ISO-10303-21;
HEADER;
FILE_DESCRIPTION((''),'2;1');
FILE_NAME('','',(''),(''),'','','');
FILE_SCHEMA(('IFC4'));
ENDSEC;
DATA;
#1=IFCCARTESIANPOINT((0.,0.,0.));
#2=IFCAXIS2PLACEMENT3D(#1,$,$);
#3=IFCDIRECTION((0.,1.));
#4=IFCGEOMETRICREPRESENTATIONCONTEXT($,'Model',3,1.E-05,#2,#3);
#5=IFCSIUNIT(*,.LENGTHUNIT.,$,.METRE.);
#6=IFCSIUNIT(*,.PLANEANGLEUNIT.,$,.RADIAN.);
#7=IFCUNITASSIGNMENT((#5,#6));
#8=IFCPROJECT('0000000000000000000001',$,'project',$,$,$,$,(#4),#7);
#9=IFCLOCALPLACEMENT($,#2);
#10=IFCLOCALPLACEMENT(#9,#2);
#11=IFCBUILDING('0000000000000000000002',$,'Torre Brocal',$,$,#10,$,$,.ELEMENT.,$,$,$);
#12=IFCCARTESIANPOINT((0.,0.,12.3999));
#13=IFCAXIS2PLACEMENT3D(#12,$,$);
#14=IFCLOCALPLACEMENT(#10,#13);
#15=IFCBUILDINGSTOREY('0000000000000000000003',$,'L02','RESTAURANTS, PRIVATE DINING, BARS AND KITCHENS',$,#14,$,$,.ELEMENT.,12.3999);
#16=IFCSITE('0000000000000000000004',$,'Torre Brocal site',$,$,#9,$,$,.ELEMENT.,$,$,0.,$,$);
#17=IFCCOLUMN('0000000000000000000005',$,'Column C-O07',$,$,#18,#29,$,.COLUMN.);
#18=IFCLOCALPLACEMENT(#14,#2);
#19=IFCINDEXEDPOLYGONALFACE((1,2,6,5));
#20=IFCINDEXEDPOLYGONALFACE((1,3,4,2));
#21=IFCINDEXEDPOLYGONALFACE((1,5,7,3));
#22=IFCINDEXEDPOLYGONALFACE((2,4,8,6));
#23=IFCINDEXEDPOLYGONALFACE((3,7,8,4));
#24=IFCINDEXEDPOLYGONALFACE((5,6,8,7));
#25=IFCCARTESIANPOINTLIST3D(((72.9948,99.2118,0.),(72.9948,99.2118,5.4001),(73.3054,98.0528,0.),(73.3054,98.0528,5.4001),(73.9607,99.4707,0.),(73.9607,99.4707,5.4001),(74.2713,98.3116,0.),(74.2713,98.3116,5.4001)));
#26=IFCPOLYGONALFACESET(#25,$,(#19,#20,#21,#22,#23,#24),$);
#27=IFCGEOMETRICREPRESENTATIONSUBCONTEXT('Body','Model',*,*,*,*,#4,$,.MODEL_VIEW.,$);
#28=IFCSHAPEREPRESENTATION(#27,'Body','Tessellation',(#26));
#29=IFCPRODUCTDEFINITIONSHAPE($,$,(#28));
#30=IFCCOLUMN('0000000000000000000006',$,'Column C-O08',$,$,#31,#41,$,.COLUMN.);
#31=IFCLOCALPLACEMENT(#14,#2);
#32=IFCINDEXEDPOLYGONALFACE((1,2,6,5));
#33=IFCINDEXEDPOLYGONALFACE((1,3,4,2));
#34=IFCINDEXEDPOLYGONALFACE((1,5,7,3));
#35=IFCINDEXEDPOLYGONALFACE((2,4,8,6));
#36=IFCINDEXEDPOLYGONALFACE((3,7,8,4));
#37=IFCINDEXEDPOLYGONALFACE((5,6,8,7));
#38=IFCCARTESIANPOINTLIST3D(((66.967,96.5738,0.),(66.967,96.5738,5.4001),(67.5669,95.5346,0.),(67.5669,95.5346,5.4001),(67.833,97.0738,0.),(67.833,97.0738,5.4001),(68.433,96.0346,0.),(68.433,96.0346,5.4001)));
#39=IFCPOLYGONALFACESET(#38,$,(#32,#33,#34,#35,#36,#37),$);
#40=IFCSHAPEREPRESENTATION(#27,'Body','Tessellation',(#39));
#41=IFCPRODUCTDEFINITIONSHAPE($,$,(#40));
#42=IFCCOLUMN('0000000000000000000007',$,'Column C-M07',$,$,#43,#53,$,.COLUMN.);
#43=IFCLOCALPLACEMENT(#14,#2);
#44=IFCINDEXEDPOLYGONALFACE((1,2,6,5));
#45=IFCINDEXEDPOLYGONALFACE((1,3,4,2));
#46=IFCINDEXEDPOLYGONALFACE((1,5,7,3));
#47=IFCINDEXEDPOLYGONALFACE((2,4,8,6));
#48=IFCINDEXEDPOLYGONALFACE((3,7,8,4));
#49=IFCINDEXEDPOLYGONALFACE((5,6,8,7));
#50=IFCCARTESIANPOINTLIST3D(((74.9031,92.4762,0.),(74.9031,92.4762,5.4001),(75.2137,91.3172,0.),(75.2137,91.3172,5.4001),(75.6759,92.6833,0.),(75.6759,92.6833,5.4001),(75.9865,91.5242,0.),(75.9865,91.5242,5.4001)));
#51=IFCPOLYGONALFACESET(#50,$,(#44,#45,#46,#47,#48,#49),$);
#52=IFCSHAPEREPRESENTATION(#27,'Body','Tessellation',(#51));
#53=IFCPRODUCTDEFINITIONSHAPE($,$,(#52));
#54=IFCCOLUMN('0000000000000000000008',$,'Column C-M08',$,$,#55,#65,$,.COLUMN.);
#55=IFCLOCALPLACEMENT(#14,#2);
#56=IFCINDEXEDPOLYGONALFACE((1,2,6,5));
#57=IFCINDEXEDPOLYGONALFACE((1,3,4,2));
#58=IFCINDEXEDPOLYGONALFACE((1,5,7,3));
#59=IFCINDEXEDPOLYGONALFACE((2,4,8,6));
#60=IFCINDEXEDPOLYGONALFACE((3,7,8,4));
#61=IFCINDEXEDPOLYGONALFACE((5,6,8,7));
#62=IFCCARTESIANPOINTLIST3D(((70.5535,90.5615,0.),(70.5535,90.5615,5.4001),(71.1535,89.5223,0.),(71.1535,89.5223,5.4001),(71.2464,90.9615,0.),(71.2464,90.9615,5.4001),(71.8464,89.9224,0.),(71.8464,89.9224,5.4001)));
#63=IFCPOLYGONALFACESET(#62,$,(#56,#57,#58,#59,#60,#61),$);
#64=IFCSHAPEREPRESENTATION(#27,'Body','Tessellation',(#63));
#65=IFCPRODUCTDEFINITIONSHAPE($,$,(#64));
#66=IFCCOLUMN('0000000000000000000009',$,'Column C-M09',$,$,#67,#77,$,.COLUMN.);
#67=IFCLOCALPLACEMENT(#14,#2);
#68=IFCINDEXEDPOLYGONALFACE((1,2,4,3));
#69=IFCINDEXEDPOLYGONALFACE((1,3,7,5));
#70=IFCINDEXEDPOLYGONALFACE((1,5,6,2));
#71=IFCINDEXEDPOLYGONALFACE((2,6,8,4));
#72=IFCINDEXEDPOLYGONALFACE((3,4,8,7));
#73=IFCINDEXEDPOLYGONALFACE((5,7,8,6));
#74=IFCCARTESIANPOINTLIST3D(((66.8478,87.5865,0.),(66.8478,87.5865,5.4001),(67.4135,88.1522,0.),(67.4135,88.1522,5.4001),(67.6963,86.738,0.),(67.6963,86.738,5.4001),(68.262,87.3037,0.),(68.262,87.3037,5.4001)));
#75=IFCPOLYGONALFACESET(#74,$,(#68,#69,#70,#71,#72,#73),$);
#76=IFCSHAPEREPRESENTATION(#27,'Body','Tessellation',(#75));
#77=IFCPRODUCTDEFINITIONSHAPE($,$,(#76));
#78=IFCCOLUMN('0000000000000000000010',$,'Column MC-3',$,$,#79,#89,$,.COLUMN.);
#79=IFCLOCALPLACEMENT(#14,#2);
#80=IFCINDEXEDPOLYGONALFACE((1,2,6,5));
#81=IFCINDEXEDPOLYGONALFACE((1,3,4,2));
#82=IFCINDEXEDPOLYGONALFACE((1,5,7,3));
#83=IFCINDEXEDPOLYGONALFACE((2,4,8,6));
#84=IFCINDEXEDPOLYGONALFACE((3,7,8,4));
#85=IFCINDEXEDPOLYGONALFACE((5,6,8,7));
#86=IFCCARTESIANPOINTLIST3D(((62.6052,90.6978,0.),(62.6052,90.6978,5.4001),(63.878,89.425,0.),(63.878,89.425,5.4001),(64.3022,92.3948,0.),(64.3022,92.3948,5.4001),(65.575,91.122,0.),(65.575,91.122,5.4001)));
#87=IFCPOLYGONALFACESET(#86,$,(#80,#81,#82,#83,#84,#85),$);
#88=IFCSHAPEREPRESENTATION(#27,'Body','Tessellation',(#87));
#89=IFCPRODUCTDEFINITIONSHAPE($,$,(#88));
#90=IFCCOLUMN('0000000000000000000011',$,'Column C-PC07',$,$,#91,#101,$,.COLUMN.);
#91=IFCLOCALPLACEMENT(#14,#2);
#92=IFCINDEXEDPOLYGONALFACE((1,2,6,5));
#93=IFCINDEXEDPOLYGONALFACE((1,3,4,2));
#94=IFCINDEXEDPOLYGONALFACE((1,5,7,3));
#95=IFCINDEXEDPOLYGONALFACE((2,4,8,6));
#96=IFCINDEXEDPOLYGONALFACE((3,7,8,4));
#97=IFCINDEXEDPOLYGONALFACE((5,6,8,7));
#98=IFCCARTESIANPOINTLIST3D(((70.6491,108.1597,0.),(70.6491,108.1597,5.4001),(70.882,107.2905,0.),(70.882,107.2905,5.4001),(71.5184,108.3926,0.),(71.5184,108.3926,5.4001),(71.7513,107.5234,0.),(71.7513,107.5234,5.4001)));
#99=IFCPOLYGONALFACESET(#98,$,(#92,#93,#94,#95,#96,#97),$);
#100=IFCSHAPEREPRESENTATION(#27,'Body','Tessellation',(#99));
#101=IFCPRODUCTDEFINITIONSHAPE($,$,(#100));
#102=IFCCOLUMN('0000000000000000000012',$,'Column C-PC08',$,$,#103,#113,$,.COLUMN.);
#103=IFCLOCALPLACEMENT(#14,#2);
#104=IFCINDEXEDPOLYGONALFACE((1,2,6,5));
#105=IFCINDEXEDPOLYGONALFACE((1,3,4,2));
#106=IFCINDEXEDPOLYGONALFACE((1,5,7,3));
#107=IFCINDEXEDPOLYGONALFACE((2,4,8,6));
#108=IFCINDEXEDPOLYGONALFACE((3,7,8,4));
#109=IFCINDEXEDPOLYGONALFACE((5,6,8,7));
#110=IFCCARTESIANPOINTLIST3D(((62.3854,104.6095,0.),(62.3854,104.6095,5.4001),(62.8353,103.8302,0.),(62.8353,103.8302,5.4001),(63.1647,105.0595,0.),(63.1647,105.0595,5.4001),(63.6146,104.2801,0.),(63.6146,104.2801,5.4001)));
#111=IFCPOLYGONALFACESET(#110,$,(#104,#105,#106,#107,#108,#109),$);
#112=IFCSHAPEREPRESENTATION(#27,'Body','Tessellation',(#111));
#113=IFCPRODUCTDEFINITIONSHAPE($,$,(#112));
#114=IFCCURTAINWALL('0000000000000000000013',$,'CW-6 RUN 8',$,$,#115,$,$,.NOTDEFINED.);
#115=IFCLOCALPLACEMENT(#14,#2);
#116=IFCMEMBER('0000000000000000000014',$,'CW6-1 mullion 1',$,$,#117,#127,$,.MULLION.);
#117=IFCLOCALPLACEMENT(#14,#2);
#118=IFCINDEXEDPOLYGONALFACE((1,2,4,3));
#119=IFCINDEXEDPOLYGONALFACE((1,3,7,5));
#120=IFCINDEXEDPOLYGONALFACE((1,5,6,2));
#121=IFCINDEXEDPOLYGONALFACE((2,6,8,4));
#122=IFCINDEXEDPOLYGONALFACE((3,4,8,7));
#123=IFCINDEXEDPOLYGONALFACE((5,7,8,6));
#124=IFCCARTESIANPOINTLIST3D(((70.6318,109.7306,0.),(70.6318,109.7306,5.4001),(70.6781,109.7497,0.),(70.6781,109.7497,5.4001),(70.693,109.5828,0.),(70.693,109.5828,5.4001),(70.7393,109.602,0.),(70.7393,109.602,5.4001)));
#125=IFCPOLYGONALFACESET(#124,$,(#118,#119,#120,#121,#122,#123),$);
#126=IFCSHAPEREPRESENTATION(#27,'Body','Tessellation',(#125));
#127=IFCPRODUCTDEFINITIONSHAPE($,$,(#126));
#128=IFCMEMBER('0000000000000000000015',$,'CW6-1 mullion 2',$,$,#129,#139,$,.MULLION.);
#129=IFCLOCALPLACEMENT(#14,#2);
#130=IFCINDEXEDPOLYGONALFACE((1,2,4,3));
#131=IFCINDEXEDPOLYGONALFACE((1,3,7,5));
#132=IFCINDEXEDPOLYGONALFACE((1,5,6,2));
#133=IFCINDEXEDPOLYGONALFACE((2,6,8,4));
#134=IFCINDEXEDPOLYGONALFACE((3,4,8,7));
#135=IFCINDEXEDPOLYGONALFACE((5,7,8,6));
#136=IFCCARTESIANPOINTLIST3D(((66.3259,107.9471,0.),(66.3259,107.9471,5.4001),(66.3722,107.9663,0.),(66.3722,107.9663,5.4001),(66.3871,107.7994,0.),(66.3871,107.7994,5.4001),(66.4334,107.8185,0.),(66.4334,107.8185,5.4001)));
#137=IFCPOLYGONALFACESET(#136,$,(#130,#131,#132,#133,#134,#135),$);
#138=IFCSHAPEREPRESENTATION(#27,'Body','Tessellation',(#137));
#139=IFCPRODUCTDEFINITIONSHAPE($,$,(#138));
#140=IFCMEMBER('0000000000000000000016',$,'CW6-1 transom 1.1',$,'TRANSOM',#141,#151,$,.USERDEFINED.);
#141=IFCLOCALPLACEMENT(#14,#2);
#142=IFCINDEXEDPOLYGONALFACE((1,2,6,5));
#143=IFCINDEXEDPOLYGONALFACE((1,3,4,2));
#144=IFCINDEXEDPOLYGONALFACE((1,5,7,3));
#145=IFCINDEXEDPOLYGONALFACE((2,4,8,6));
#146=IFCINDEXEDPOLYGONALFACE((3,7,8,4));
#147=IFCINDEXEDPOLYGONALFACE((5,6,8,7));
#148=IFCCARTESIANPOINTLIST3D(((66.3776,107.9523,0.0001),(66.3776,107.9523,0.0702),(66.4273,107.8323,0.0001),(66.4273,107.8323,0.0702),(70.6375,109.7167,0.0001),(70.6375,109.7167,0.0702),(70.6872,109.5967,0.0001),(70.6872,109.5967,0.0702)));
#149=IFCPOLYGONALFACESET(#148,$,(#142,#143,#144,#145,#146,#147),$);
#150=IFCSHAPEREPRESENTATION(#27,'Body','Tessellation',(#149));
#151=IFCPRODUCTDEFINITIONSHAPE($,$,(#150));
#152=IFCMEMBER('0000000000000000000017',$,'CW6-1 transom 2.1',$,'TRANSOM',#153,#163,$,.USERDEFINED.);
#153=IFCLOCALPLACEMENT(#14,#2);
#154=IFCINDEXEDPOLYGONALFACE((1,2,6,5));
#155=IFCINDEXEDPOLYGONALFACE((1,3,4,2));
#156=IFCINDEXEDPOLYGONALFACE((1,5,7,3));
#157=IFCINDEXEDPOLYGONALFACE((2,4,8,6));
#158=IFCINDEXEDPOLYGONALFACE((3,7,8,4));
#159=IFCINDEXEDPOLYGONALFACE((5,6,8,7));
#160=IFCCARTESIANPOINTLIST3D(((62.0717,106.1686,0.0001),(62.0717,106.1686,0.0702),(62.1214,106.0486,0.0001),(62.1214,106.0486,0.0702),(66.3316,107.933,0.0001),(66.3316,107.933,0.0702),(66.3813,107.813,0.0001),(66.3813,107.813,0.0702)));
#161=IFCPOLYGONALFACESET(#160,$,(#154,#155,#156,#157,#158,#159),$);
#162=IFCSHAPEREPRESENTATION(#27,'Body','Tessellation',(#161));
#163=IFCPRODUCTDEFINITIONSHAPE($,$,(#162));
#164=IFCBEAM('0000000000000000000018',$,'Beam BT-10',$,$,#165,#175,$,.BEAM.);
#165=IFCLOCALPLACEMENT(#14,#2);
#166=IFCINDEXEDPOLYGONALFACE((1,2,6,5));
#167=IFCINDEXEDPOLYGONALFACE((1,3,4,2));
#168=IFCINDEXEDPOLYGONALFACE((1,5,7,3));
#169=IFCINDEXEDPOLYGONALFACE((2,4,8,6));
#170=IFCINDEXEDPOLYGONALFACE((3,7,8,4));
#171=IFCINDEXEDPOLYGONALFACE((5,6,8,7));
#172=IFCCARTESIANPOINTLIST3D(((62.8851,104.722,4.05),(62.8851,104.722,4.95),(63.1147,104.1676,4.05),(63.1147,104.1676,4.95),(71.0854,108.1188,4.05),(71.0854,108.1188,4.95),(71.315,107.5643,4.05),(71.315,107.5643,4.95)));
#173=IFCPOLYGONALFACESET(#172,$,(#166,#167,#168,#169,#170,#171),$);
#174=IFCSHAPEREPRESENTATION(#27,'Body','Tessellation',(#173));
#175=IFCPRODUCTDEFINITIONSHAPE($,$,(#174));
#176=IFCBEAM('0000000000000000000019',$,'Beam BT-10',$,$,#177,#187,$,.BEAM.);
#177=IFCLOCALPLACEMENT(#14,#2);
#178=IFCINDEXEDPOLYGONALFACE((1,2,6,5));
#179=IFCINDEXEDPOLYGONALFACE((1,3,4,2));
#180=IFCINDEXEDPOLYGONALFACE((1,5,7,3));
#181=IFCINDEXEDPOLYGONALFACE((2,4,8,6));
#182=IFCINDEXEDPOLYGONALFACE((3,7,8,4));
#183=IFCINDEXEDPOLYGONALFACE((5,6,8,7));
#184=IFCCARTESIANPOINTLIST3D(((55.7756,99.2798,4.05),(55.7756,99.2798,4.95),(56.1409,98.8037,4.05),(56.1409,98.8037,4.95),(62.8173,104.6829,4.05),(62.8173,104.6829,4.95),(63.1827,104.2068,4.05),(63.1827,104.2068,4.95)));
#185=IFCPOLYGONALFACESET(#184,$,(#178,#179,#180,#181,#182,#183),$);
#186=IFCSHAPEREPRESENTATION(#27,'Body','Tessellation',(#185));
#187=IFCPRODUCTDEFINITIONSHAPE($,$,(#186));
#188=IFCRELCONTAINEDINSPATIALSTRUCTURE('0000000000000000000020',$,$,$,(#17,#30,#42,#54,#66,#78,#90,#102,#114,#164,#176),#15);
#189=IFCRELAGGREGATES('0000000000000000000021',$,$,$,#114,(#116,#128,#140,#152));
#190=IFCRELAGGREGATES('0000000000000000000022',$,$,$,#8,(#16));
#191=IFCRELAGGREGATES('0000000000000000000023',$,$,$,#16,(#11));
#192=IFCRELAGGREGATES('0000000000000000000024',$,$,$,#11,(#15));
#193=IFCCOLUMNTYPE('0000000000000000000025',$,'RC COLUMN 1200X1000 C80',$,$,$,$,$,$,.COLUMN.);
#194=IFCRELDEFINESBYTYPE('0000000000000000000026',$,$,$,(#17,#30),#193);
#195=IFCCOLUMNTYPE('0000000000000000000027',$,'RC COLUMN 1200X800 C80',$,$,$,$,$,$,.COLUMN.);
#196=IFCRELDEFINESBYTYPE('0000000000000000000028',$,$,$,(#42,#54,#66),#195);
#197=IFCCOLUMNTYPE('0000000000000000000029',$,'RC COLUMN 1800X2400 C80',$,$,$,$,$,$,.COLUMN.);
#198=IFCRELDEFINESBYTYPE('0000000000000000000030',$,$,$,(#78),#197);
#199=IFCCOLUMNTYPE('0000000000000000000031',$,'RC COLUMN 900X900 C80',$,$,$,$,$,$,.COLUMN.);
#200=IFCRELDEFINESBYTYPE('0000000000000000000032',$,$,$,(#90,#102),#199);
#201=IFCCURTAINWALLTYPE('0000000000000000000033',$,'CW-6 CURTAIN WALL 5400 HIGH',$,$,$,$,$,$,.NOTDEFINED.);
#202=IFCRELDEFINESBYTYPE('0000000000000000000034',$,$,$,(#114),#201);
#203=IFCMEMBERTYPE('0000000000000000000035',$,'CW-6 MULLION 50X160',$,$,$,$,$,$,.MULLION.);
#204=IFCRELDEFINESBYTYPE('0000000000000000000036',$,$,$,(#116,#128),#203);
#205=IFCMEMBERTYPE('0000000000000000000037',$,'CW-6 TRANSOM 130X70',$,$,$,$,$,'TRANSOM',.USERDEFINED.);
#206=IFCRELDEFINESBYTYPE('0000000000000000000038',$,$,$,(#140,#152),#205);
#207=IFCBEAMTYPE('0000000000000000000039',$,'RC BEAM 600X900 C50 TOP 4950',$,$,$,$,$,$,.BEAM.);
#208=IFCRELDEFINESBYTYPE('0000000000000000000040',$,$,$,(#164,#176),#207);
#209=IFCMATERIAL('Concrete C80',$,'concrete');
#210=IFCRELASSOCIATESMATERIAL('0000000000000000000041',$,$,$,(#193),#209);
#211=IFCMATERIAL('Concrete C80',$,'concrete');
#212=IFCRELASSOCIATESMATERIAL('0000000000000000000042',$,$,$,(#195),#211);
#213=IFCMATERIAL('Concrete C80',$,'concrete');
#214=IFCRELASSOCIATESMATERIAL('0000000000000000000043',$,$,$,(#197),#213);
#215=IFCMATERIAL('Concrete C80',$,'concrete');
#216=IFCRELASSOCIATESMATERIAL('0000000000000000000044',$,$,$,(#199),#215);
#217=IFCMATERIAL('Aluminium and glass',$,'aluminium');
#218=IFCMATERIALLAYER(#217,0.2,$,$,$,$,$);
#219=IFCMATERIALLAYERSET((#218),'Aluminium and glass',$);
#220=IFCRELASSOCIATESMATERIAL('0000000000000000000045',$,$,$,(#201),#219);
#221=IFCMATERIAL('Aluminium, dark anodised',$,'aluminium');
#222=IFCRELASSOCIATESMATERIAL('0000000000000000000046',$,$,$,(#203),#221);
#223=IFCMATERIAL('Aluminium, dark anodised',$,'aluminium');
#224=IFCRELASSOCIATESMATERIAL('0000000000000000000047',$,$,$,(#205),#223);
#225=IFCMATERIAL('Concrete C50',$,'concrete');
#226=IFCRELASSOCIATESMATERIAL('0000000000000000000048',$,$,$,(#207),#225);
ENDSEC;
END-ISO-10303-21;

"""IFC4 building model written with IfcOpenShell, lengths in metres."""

from ifc_helpers import new_model, si_unit, direction, frame, origin, origin_2d, place, context, subcontext, project, spatial, rectangle, extrude, material, layer, layer_set, material_profile, profile_set, type_object, element, aggregate, save


model = new_model("IFC4")

# Units and contexts
model_context = context("Model", 3, precision=1e-05, world=origin(), true_north=direction((0.0, 1.0)))
body_context = subcontext(model_context, "Body", "Model", "MODEL_VIEW")
ifc_project = project(units=[si_unit("LENGTHUNIT", "METRE"), si_unit("PLANEANGLEUNIT", "RADIAN")], contexts=[model_context])

# Site, building, storey
site_placement = place(None, origin())
site = spatial("IfcSite", under=ifc_project, at=site_placement, Name="Torre Brocal site", CompositionType="ELEMENT", RefElevation=0.0)
building_placement = place(site_placement, origin())
building = spatial("IfcBuilding", under=site, at=building_placement, Name="Torre Brocal", CompositionType="ELEMENT")
storey_placement = place(building_placement, frame((0.0, 0.0, 12.3999)))
storey = spatial("IfcBuildingStorey", under=building, at=storey_placement, Name="L02", Description="RESTAURANTS, PRIVATE DINING, BARS AND KITCHENS", CompositionType="ELEMENT", Elevation=12.3999)

# Columns
ifc_material_1 = material(Name="Concrete C80", Category="concrete")
ifc_material_profile_1 = material_profile(ifc_material_1, rectangle(XDim=1.2, YDim=1.0, at=origin_2d()), Name="RC 1200X1000")
ifc_profile_set_1 = profile_set([ifc_material_profile_1], Name="Concrete C80")
column_type_1 = type_object("IfcColumnType", Name="RC COLUMN 1200X1000 C80", PredefinedType="COLUMN", material=ifc_profile_set_1)
for number, where, z_axis, x_axis, name in (
    (1, (73.6331, 98.7617, 0.0), (0.0, 0.0, 1.0), (-0.258819, 0.965926, 0.0), "Column C-O07"),
    (2, (67.7, 96.3042, 0.0), (0.0, 0.0, 1.0), (-0.5, 0.866025, 0.0), "Column C-O08"),
):
    element("IfcColumn", number, at=place(storey_placement, frame(where, z_axis=z_axis, x_axis=x_axis)), inside=storey, type_object=column_type_1, Name=name, PredefinedType="COLUMN", context=body_context, shape_type="SweptSolid", body=[
        extrude(rectangle(XDim=1.2, YDim=1.0, at=origin_2d()), origin(), (0.0, 0.0, 1.0), 5.4001),
    ])
ifc_material_2 = material(Name="Concrete C80", Category="concrete")
ifc_material_profile_2 = material_profile(ifc_material_2, rectangle(XDim=1.2, YDim=0.8, at=origin_2d()), Name="RC 1200X800")
ifc_profile_set_2 = profile_set([ifc_material_profile_2], Name="Concrete C80")
column_type_2 = type_object("IfcColumnType", Name="RC COLUMN 1200X800 C80", PredefinedType="COLUMN", material=ifc_profile_set_2)
for number, where, z_axis, x_axis, name in (
    (3, (75.4448, 92.0002, 0.0), (0.0, 0.0, 1.0), (-0.258819, 0.965926, 0.0), "Column C-M07"),
    (4, (71.2, 90.2419, 0.0), (0.0, 0.0, 1.0), (-0.5, 0.866025, 0.0), "Column C-M08"),
    (5, (67.5549, 87.4451, 0.0), (0.0, 0.0, 1.0), (-0.707107, 0.707107, 0.0), "Column C-M09"),
):
    element("IfcColumn", number, at=place(storey_placement, frame(where, z_axis=z_axis, x_axis=x_axis)), inside=storey, type_object=column_type_2, Name=name, PredefinedType="COLUMN", context=body_context, shape_type="SweptSolid", body=[
        extrude(rectangle(XDim=1.2, YDim=0.8, at=origin_2d()), origin(), (0.0, 0.0, 1.0), 5.4001),
    ])
ifc_material_3 = material(Name="Concrete C80", Category="concrete")
ifc_material_profile_3 = material_profile(ifc_material_3, rectangle(XDim=1.8, YDim=2.3999, at=origin_2d()), Name="RC 1800X2400")
ifc_profile_set_3 = profile_set([ifc_material_profile_3], Name="Concrete C80")
column_type_3 = type_object("IfcColumnType", Name="RC COLUMN 1800X2400 C80", PredefinedType="COLUMN", material=ifc_profile_set_3)
column_placement = place(storey_placement, frame((64.0901, 90.9099, 0.0), z_axis=(0.0, 0.0, 1.0), x_axis=(-0.707107, 0.707107, 0.0)))
element("IfcColumn", 6, at=column_placement, inside=storey, type_object=column_type_3, Name="Column MC-3", PredefinedType="COLUMN", context=body_context, shape_type="SweptSolid", body=[
    extrude(rectangle(XDim=1.8, YDim=2.3999, at=origin_2d()), origin(), (0.0, 0.0, 1.0), 5.4001),
])
ifc_material_4 = material(Name="Concrete C80", Category="concrete")
ifc_material_profile_4 = material_profile(ifc_material_4, rectangle(XDim=0.8999, YDim=0.8999, at=origin_2d()), Name="RC 900X900")
ifc_profile_set_4 = profile_set([ifc_material_profile_4], Name="Concrete C80")
column_type_4 = type_object("IfcColumnType", Name="RC COLUMN 900X900 C80", PredefinedType="COLUMN", material=ifc_profile_set_4)
for number, where, z_axis, x_axis, name in (
    (7, (71.2002, 107.8416, 0.0), (0.0, 0.0, 1.0), (-0.258819, 0.965926, 0.0), "Column C-PC07"),
    (8, (63.0, 104.4448, 0.0), (0.0, 0.0, 1.0), (-0.5, 0.866025, 0.0), "Column C-PC08"),
):
    element("IfcColumn", number, at=place(storey_placement, frame(where, z_axis=z_axis, x_axis=x_axis)), inside=storey, type_object=column_type_4, Name=name, PredefinedType="COLUMN", context=body_context, shape_type="SweptSolid", body=[
        extrude(rectangle(XDim=0.8999, YDim=0.8999, at=origin_2d()), origin(), (0.0, 0.0, 1.0), 5.4001),
    ])

# Curtain wall, members
ifc_material_5 = material(Name="Aluminium and glass", Category="aluminium")
ifc_layer_1 = layer(ifc_material_5, 0.2)
ifc_layer_set_1 = layer_set([ifc_layer_1], Name="Aluminium and glass")
curtain_wall_type = type_object("IfcCurtainWallType", Name="CW-6 CURTAIN WALL 5400 HIGH", PredefinedType="NOTDEFINED", material=ifc_layer_set_1)
curtain_wall_placement = place(storey_placement, origin())
curtain_wall = element("IfcCurtainWall", 9, at=curtain_wall_placement, inside=storey, type_object=curtain_wall_type, Name="CW-6 RUN 8", PredefinedType="NOTDEFINED")
ifc_material_6 = material(Name="Aluminium, dark anodised", Category="aluminium")
ifc_material_profile_5 = material_profile(ifc_material_6, rectangle(XDim=0.1599, YDim=0.05, at=origin_2d()), Name="CW-6 MULLION 50X160")
ifc_profile_set_5 = profile_set([ifc_material_profile_5], Name="Aluminium, dark anodised")
member_type_1 = type_object("IfcMemberType", Name="CW-6 MULLION 50X160", PredefinedType="MULLION", material=ifc_profile_set_5)
member_1_placement = place(storey_placement, frame((70.6855, 109.6663, 0.0), z_axis=(0.0, 0.0, 1.0), x_axis=(0.382683, -0.92388, 0.0)))
member_1 = element("IfcMember", 10, at=member_1_placement, type_object=member_type_1, Name="CW6-1 mullion 1", PredefinedType="MULLION", context=body_context, shape_type="SweptSolid", body=[
    extrude(rectangle(XDim=0.1599, YDim=0.05, at=origin_2d()), origin(), (0.0, 0.0, 1.0), 5.4001),
])
member_2_placement = place(storey_placement, frame((66.3796, 107.8828, 0.0), z_axis=(0.0, 0.0, 1.0), x_axis=(0.382683, -0.92388, 0.0)))
member_2 = element("IfcMember", 11, at=member_2_placement, type_object=member_type_1, Name="CW6-1 mullion 2", PredefinedType="MULLION", context=body_context, shape_type="SweptSolid", body=[
    extrude(rectangle(XDim=0.1599, YDim=0.05, at=origin_2d()), origin(), (0.0, 0.0, 1.0), 5.4001),
])
ifc_material_7 = material(Name="Aluminium, dark anodised", Category="aluminium")
ifc_material_profile_6 = material_profile(ifc_material_7, rectangle(XDim=0.1299, YDim=0.0701, at=origin_2d()), Name="CW-6 TRANSOM 130X70")
ifc_profile_set_6 = profile_set([ifc_material_profile_6], Name="Aluminium, dark anodised")
member_type_2 = type_object("IfcMemberType", Name="CW-6 TRANSOM 130X70", ElementType="TRANSOM", PredefinedType="USERDEFINED", material=ifc_profile_set_6)
member_3_placement = place(storey_placement, frame((70.6624, 109.6567, 0.0352), z_axis=(-0.923883, -0.382674, 0.0), x_axis=(0.382674, -0.923883, 0.0)))
member_3 = element("IfcMember", 12, at=member_3_placement, type_object=member_type_2, Name="CW6-1 transom 1.1", ObjectType="TRANSOM", PredefinedType="USERDEFINED", context=body_context, shape_type="SweptSolid", body=[
    extrude(rectangle(XDim=0.1299, YDim=0.0701, at=origin_2d()), origin(), (0.0, 0.0, 1.0), 4.6108),
])
member_4_placement = place(storey_placement, frame((66.3564, 107.873, 0.0352), z_axis=(-0.923883, -0.382674, 0.0), x_axis=(0.382674, -0.923883, 0.0)))
member_4 = element("IfcMember", 13, at=member_4_placement, type_object=member_type_2, Name="CW6-1 transom 2.1", ObjectType="TRANSOM", PredefinedType="USERDEFINED", context=body_context, shape_type="SweptSolid", body=[
    extrude(rectangle(XDim=0.1299, YDim=0.0701, at=origin_2d()), origin(), (0.0, 0.0, 1.0), 4.6108),
])

# Beams
ifc_material_8 = material(Name="Concrete C50", Category="concrete")
ifc_material_profile_7 = material_profile(ifc_material_8, rectangle(XDim=0.6001, YDim=0.8999, at=origin_2d()), Name="RC 600X900")
ifc_profile_set_7 = profile_set([ifc_material_profile_7], Name="Concrete C50")
beam_type_1 = type_object("IfcBeamType", Name="RC BEAM 600X900 C50 TOP 4950", PredefinedType="BEAM", material=ifc_profile_set_7)
beam_1_placement = place(storey_placement, frame((71.2002, 107.8416, 4.5), z_axis=(-0.923876, -0.382693, 0.0), x_axis=(0.382693, -0.923876, 0.0)))
element("IfcBeam", 14, at=beam_1_placement, inside=storey, type_object=beam_type_1, Name="Beam BT-10", PredefinedType="BEAM", context=body_context, shape_type="SweptSolid", body=[
    extrude(rectangle(XDim=0.6001, YDim=0.8999, at=origin_2d()), origin(), (0.0, 0.0, 1.0), 8.876),
])
beam_2_placement = place(storey_placement, frame((63.0, 104.4448, 4.5), z_axis=(-0.793367, -0.608744, 0.0), x_axis=(0.608744, -0.793367, 0.0)))
element("IfcBeam", 15, at=beam_2_placement, inside=storey, type_object=beam_type_1, Name="Beam BT-10", PredefinedType="BEAM", context=body_context, shape_type="SweptSolid", body=[
    extrude(rectangle(XDim=0.6001, YDim=0.8999, at=origin_2d()), origin(), (0.0, 0.0, 1.0), 8.8757),
])

aggregate(curtain_wall, [member_1, member_2, member_3, member_4])

save(model, "model.ifc")
